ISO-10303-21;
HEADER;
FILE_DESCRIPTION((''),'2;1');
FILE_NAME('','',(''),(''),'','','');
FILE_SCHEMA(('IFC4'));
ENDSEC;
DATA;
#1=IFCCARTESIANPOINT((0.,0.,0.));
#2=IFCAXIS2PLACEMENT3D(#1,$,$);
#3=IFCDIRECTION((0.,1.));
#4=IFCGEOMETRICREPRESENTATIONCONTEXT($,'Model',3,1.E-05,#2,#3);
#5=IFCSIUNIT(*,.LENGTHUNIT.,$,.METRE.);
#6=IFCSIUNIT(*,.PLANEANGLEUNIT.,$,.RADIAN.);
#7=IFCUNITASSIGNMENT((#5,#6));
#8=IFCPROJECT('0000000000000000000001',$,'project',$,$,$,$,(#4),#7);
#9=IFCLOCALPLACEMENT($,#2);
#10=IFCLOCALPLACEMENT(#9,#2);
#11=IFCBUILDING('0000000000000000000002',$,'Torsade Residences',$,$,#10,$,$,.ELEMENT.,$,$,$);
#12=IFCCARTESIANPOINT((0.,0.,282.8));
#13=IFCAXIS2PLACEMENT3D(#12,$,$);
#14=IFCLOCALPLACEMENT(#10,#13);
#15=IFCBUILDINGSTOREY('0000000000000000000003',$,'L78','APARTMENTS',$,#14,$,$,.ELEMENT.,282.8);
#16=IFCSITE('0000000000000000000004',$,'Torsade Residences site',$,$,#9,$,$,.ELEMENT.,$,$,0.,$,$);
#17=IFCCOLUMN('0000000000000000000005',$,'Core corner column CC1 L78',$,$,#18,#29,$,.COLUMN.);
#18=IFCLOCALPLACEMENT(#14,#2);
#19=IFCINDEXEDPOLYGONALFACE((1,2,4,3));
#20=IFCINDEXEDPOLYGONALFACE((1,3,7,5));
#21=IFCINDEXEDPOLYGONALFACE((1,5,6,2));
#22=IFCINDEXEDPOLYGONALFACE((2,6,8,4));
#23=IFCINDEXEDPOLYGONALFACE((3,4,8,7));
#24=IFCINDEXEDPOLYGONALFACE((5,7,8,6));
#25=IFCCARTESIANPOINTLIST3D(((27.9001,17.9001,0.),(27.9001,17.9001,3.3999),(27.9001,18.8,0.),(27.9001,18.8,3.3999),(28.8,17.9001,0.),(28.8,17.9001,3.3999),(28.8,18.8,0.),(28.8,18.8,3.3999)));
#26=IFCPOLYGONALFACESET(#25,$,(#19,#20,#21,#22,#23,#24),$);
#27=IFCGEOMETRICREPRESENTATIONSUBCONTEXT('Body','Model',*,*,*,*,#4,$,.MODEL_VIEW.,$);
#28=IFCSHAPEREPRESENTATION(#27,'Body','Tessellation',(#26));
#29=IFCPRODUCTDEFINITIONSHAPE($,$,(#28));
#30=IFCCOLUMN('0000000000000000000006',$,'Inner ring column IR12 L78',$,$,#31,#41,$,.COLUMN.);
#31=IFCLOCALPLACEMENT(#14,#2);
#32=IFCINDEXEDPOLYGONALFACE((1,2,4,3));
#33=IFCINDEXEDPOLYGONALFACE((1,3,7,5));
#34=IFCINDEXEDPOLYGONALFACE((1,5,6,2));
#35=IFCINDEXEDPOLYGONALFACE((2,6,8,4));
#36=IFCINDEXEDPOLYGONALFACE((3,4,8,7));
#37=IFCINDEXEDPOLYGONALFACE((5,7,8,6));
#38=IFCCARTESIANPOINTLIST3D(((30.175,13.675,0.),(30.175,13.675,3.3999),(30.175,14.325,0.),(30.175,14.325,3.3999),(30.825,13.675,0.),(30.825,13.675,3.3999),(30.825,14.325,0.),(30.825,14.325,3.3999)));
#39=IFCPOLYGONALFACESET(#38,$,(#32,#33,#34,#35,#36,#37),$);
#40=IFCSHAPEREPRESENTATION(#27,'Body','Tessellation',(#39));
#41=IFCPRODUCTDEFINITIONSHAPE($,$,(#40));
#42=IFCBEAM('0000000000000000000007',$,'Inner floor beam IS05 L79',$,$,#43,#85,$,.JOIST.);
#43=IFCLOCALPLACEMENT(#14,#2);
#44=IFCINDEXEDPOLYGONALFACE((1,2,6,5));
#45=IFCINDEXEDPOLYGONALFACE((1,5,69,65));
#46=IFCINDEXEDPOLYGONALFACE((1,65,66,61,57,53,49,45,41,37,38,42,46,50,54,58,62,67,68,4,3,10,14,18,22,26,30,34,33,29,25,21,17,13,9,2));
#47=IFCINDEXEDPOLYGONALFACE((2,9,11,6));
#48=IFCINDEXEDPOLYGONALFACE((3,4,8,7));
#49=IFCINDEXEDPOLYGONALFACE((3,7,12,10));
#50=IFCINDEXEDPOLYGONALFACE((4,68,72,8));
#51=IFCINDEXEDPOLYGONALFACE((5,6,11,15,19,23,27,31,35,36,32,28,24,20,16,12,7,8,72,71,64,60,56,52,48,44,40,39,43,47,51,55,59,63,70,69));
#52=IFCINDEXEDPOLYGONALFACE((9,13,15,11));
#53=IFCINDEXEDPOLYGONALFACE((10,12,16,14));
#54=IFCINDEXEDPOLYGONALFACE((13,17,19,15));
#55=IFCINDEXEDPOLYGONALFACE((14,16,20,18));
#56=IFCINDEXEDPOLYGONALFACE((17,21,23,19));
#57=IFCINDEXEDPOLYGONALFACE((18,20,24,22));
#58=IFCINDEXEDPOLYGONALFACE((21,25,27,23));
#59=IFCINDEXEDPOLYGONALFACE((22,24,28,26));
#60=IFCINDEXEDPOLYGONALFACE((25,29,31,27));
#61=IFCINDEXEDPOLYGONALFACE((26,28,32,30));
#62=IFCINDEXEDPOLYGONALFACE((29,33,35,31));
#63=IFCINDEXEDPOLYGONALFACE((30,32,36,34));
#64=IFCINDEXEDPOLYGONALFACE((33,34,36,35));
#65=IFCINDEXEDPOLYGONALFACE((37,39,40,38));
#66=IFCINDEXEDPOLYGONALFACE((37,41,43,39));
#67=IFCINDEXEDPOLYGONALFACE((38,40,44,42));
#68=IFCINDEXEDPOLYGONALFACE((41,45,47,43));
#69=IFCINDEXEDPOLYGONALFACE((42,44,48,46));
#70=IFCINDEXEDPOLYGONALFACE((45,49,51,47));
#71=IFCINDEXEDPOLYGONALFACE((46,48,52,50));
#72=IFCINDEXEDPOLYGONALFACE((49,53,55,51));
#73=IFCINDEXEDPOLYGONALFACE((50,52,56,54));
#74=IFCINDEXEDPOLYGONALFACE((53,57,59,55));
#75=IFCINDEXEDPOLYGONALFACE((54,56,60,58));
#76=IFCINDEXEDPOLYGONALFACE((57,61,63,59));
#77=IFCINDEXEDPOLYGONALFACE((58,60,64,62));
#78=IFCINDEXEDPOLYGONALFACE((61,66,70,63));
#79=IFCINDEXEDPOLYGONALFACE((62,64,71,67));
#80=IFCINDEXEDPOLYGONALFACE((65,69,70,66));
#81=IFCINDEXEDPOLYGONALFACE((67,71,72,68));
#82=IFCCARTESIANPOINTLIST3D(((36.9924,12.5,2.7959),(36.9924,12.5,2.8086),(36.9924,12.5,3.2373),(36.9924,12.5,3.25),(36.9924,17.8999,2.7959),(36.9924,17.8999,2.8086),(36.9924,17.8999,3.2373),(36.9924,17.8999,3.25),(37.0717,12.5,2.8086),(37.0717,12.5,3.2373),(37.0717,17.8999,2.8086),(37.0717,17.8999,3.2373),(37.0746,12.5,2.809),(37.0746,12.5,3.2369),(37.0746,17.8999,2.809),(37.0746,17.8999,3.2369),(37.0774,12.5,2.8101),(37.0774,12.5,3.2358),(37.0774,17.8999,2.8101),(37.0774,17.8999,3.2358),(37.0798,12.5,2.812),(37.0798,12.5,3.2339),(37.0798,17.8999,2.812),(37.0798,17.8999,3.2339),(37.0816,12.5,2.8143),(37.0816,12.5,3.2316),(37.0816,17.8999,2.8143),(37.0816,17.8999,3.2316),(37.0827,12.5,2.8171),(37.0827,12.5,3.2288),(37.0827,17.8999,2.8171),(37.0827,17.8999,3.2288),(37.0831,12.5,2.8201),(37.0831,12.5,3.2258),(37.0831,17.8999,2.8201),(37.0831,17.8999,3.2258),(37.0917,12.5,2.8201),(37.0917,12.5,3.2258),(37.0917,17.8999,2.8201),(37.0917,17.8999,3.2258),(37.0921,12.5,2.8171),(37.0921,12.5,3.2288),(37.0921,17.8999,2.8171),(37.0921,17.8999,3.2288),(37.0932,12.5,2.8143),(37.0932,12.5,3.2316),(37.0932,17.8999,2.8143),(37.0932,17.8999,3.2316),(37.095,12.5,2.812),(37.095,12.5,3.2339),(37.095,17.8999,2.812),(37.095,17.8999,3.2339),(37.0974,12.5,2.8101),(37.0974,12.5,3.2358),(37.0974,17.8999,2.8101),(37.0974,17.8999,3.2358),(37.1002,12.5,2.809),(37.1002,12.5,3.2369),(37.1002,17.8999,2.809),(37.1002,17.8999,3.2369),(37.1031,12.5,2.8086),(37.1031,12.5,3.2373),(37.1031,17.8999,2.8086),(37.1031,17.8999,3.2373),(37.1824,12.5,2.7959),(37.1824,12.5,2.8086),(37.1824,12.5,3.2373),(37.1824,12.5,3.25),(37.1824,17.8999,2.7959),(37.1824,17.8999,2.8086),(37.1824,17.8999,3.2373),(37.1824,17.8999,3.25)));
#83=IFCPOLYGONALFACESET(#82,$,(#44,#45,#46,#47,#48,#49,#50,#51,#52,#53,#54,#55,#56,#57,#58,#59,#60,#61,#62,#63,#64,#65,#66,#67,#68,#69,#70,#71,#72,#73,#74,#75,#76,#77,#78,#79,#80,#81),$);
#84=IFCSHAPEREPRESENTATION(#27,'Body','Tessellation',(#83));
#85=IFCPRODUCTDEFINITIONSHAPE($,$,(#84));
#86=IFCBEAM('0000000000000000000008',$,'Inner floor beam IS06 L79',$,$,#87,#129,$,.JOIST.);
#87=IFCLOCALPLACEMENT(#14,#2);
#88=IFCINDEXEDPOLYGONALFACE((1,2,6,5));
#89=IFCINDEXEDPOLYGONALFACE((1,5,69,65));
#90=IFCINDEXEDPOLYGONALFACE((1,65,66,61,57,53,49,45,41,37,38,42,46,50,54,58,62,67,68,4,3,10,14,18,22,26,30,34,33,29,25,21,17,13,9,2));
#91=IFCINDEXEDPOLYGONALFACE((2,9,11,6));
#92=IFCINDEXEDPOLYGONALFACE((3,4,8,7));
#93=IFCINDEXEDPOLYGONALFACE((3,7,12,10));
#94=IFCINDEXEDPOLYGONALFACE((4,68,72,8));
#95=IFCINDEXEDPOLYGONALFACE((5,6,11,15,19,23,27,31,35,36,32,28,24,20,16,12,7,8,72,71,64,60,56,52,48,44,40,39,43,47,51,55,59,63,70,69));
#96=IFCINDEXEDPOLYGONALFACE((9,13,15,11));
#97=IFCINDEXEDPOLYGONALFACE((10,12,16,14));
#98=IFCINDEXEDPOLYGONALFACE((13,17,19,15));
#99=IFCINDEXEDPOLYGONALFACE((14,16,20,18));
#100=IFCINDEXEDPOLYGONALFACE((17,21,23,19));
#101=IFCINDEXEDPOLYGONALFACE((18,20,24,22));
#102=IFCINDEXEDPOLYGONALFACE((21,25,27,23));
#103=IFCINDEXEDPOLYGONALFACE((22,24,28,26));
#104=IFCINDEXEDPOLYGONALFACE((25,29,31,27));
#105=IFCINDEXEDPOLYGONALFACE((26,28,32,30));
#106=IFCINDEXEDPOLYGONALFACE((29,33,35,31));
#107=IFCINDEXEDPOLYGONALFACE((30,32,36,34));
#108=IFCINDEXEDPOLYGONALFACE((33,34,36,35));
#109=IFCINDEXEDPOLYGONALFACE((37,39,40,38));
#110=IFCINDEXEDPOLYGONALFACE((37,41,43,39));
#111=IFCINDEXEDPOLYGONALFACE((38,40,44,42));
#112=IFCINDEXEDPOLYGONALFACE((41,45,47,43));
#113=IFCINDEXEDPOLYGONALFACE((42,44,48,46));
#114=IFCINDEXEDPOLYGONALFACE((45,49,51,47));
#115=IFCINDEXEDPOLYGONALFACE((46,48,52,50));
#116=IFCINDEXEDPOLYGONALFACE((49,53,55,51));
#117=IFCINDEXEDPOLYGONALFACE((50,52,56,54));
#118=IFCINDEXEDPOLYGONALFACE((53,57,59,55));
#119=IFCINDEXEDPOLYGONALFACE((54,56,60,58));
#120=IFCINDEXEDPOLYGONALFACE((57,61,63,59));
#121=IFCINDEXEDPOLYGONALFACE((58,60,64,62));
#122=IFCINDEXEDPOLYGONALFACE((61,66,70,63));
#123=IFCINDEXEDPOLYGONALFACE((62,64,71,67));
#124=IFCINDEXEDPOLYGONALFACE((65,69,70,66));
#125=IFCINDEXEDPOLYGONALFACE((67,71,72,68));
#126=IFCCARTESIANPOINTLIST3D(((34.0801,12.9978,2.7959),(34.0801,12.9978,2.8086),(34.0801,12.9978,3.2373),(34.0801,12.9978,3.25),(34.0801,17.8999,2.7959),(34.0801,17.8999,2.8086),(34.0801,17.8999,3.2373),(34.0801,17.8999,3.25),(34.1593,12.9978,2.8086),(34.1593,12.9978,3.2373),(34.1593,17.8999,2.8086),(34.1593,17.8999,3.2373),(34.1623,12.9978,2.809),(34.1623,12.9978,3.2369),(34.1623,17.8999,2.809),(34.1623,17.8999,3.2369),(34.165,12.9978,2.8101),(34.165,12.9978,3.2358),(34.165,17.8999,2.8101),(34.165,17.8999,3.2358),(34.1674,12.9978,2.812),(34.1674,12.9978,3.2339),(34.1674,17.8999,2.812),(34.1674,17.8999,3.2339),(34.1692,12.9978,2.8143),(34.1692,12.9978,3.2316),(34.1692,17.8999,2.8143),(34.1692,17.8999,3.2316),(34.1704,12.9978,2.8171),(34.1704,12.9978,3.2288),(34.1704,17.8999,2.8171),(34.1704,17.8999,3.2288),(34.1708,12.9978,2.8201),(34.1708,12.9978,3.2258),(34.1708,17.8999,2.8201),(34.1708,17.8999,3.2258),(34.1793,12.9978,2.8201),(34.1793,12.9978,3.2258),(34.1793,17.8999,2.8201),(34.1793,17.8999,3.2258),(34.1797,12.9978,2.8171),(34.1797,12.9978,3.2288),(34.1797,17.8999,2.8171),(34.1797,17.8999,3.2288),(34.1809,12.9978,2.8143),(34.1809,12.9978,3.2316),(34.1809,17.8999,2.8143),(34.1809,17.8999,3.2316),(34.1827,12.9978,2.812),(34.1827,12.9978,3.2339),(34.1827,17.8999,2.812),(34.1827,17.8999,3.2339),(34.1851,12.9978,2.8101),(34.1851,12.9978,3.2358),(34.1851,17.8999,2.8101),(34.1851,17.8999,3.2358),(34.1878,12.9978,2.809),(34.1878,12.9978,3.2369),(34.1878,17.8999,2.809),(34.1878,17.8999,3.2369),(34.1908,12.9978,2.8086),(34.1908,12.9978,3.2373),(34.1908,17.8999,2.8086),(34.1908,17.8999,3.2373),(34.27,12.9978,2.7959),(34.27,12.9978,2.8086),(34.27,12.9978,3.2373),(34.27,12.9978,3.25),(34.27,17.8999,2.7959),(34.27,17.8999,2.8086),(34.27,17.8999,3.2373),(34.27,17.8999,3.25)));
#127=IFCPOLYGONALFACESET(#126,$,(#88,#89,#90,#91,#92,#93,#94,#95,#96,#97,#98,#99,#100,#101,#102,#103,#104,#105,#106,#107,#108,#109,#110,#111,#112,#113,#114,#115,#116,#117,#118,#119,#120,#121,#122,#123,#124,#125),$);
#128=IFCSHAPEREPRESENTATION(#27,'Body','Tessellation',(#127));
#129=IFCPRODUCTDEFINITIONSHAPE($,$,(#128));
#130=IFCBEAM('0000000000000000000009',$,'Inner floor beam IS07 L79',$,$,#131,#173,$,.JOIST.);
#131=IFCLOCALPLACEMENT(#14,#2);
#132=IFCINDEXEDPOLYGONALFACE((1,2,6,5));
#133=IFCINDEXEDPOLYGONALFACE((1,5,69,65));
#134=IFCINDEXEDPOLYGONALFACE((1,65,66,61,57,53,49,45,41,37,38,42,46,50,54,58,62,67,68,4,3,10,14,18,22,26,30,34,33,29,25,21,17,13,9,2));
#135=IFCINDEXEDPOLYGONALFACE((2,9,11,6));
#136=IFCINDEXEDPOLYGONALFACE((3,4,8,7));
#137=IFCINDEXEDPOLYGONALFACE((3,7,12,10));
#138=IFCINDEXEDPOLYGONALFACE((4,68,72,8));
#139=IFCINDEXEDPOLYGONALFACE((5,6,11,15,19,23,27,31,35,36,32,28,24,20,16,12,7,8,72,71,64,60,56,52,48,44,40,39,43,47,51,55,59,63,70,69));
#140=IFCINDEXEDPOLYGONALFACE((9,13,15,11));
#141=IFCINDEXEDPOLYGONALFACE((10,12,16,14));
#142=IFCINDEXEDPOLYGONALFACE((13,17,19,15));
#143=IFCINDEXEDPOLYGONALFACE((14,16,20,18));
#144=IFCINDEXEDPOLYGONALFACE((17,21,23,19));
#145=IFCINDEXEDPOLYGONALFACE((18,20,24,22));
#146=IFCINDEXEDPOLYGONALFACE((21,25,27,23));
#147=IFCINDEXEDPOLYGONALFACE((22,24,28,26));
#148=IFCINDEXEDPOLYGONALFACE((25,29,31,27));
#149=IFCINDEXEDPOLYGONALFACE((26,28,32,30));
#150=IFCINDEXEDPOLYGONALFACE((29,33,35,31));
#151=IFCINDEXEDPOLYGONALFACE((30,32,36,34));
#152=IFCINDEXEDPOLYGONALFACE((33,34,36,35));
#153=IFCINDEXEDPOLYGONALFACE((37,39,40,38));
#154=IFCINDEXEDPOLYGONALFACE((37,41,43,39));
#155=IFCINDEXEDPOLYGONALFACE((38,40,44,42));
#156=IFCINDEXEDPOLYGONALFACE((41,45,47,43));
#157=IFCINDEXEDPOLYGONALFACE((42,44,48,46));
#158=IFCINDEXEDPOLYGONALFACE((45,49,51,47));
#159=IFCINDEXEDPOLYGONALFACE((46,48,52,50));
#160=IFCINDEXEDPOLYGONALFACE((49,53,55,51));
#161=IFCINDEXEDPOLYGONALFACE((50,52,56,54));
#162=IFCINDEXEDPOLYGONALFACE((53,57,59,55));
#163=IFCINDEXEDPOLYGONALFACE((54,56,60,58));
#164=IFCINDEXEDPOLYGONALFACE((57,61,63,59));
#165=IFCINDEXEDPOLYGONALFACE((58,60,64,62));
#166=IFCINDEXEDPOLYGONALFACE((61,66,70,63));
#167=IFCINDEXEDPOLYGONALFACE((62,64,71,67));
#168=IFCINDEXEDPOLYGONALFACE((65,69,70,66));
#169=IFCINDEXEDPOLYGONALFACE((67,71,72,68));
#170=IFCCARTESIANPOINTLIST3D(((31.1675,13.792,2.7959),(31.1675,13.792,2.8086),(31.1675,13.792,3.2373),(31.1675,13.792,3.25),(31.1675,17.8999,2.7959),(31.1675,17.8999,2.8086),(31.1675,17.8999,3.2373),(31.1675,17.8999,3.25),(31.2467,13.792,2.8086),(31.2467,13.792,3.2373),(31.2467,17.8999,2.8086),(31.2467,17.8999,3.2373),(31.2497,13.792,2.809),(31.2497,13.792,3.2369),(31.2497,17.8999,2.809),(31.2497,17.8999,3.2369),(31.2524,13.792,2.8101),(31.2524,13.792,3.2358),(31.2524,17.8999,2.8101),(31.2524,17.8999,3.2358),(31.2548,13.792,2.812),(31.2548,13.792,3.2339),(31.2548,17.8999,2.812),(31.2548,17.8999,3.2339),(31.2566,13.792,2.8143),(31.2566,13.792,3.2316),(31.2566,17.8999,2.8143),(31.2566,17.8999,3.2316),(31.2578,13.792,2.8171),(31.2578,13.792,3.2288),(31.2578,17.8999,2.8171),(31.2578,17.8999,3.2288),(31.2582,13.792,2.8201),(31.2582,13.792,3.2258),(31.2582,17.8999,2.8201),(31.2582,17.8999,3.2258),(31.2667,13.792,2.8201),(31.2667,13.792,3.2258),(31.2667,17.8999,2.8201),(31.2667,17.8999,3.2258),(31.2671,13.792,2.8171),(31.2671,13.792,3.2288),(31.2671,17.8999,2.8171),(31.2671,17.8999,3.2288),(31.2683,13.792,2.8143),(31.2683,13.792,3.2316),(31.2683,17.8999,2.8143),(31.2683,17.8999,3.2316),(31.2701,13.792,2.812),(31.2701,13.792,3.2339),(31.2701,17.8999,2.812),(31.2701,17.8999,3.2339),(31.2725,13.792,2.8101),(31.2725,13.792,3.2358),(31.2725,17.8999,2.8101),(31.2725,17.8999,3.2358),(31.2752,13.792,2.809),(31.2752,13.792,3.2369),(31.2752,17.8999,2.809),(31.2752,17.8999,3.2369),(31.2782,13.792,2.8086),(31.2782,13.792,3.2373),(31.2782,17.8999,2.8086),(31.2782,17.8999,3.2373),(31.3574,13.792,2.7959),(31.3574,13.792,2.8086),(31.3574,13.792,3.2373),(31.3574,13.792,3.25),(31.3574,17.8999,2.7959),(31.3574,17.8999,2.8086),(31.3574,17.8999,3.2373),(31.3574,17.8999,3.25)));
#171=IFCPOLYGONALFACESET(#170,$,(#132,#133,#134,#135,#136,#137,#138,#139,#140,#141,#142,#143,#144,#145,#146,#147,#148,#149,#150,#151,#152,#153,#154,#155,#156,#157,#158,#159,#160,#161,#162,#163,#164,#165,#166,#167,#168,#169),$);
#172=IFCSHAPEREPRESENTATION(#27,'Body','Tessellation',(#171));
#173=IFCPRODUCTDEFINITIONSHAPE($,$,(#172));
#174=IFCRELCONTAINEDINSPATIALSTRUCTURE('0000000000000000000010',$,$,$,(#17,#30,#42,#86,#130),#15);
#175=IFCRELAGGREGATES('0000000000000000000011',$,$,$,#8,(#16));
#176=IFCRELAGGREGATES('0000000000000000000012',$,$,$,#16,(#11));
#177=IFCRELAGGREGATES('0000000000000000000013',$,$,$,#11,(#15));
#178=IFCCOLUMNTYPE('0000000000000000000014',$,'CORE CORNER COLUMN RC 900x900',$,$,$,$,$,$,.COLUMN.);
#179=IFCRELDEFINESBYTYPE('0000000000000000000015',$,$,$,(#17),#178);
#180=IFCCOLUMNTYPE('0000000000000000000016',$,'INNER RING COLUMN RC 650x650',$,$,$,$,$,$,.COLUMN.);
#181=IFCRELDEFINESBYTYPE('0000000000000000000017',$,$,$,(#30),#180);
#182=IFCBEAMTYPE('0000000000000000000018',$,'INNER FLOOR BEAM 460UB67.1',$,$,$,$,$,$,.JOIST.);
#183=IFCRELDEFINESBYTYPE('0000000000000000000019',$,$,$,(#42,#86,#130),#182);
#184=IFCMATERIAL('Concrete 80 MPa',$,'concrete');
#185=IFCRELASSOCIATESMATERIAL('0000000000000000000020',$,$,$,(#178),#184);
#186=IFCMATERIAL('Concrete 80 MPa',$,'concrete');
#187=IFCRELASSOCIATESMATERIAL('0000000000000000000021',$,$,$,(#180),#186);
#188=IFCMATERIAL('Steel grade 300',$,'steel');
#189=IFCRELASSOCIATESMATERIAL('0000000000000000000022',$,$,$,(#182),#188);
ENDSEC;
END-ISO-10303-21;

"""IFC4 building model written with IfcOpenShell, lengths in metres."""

from ifc_helpers import new_model, si_unit, direction, frame, origin, origin_2d, place, context, subcontext, project, spatial, rectangle, i_section, extrude, material, material_profile, profile_set, type_object, element, save


model = new_model("IFC4")

# Units and contexts
model_context = context("Model", 3, precision=1e-05, world=origin(), true_north=direction((0.0, 1.0)))
body_context = subcontext(model_context, "Body", "Model", "MODEL_VIEW")
ifc_project = project(units=[si_unit("LENGTHUNIT", "METRE"), si_unit("PLANEANGLEUNIT", "RADIAN")], contexts=[model_context])

# Site, building, storey
site_placement = place(None, origin())
site = spatial("IfcSite", under=ifc_project, at=site_placement, Name="Torsade Residences site", CompositionType="ELEMENT", RefElevation=0.0)
building_placement = place(site_placement, origin())
building = spatial("IfcBuilding", under=site, at=building_placement, Name="Torsade Residences", CompositionType="ELEMENT")
storey_placement = place(building_placement, frame((0.0, 0.0, 282.8)))
storey = spatial("IfcBuildingStorey", under=building, at=storey_placement, Name="L78", Description="APARTMENTS", CompositionType="ELEMENT", Elevation=282.8)

# Columns
ifc_material_1 = material(Name="Concrete 80 MPa", Category="concrete")
ifc_material_profile_1 = material_profile(ifc_material_1, rectangle(XDim=0.8999, YDim=0.8999, at=origin_2d()), Name="RC 900x900")
ifc_profile_set_1 = profile_set([ifc_material_profile_1], Name="Concrete 80 MPa")
column_type_1 = type_object("IfcColumnType", Name="CORE CORNER COLUMN RC 900x900", PredefinedType="COLUMN", material=ifc_profile_set_1)
column_1_placement = place(storey_placement, frame((28.3501, 18.3501, 0.0), z_axis=(0.0, 0.0, 1.0), x_axis=(1.0, 0.0, 0.0)))
element("IfcColumn", 1, at=column_1_placement, inside=storey, type_object=column_type_1, Name="Core corner column CC1 L78", PredefinedType="COLUMN", context=body_context, shape_type="SweptSolid", body=[
    extrude(rectangle(XDim=0.8999, YDim=0.8999, at=origin_2d()), origin(), (0.0, 0.0, 1.0), 3.3999),
])
ifc_material_2 = material(Name="Concrete 80 MPa", Category="concrete")
ifc_material_profile_2 = material_profile(ifc_material_2, rectangle(XDim=0.6499, YDim=0.6499, at=origin_2d()), Name="RC 650x650")
ifc_profile_set_2 = profile_set([ifc_material_profile_2], Name="Concrete 80 MPa")
column_type_2 = type_object("IfcColumnType", Name="INNER RING COLUMN RC 650x650", PredefinedType="COLUMN", material=ifc_profile_set_2)
column_2_placement = place(storey_placement, frame((30.5, 14.0, 0.0), z_axis=(0.0, 0.0, 1.0), x_axis=(1.0, 0.0, 0.0)))
element("IfcColumn", 2, at=column_2_placement, inside=storey, type_object=column_type_2, Name="Inner ring column IR12 L78", PredefinedType="COLUMN", context=body_context, shape_type="SweptSolid", body=[
    extrude(rectangle(XDim=0.6499, YDim=0.6499, at=origin_2d()), origin(), (0.0, 0.0, 1.0), 3.3999),
])

# Beams
ifc_material_3 = material(Name="Steel grade 300", Category="steel")
ifc_material_profile_3 = material_profile(ifc_material_3, i_section(OverallWidth=0.1899, OverallDepth=0.4541, WebThickness=0.0085, FlangeThickness=0.0127, FilletRadius=0.0115, at=origin_2d()), Name="460UB67.1")
ifc_profile_set_3 = profile_set([ifc_material_profile_3], Name="Steel grade 300")
beam_type_1 = type_object("IfcBeamType", Name="INNER FLOOR BEAM 460UB67.1", PredefinedType="JOIST", material=ifc_profile_set_3)
beam_1_placement = place(storey_placement, frame((37.0874, 17.8999, 3.0229), z_axis=(0.0, -1.0, 0.0), x_axis=(1.0, 0.0, 0.0)))
element("IfcBeam", 3, at=beam_1_placement, inside=storey, type_object=beam_type_1, Name="Inner floor beam IS05 L79", PredefinedType="JOIST", context=body_context, shape_type="SweptSolid", body=[
    extrude(i_section(OverallWidth=0.1899, OverallDepth=0.4541, WebThickness=0.0085, FlangeThickness=0.0127, FilletRadius=0.0115, at=origin_2d()), origin(), (0.0, 0.0, 1.0), 5.3999),
])
beam_2_placement = place(storey_placement, frame((34.175, 17.8999, 3.0229), z_axis=(0.0, -1.0, 0.0), x_axis=(1.0, 0.0, 0.0)))
element("IfcBeam", 4, at=beam_2_placement, inside=storey, type_object=beam_type_1, Name="Inner floor beam IS06 L79", PredefinedType="JOIST", context=body_context, shape_type="SweptSolid", body=[
    extrude(i_section(OverallWidth=0.1899, OverallDepth=0.4541, WebThickness=0.0085, FlangeThickness=0.0127, FilletRadius=0.0115, at=origin_2d()), origin(), (0.0, 0.0, 1.0), 4.9021),
])
beam_3_placement = place(storey_placement, frame((31.2625, 17.8999, 3.0229), z_axis=(0.0, -1.0, 0.0), x_axis=(1.0, 0.0, 0.0)))
element("IfcBeam", 5, at=beam_3_placement, inside=storey, type_object=beam_type_1, Name="Inner floor beam IS07 L79", PredefinedType="JOIST", context=body_context, shape_type="SweptSolid", body=[
    extrude(i_section(OverallWidth=0.1899, OverallDepth=0.4541, WebThickness=0.0085, FlangeThickness=0.0127, FilletRadius=0.0115, at=origin_2d()), origin(), (0.0, 0.0, 1.0), 4.1079),
])

save(model, "model.ifc")
